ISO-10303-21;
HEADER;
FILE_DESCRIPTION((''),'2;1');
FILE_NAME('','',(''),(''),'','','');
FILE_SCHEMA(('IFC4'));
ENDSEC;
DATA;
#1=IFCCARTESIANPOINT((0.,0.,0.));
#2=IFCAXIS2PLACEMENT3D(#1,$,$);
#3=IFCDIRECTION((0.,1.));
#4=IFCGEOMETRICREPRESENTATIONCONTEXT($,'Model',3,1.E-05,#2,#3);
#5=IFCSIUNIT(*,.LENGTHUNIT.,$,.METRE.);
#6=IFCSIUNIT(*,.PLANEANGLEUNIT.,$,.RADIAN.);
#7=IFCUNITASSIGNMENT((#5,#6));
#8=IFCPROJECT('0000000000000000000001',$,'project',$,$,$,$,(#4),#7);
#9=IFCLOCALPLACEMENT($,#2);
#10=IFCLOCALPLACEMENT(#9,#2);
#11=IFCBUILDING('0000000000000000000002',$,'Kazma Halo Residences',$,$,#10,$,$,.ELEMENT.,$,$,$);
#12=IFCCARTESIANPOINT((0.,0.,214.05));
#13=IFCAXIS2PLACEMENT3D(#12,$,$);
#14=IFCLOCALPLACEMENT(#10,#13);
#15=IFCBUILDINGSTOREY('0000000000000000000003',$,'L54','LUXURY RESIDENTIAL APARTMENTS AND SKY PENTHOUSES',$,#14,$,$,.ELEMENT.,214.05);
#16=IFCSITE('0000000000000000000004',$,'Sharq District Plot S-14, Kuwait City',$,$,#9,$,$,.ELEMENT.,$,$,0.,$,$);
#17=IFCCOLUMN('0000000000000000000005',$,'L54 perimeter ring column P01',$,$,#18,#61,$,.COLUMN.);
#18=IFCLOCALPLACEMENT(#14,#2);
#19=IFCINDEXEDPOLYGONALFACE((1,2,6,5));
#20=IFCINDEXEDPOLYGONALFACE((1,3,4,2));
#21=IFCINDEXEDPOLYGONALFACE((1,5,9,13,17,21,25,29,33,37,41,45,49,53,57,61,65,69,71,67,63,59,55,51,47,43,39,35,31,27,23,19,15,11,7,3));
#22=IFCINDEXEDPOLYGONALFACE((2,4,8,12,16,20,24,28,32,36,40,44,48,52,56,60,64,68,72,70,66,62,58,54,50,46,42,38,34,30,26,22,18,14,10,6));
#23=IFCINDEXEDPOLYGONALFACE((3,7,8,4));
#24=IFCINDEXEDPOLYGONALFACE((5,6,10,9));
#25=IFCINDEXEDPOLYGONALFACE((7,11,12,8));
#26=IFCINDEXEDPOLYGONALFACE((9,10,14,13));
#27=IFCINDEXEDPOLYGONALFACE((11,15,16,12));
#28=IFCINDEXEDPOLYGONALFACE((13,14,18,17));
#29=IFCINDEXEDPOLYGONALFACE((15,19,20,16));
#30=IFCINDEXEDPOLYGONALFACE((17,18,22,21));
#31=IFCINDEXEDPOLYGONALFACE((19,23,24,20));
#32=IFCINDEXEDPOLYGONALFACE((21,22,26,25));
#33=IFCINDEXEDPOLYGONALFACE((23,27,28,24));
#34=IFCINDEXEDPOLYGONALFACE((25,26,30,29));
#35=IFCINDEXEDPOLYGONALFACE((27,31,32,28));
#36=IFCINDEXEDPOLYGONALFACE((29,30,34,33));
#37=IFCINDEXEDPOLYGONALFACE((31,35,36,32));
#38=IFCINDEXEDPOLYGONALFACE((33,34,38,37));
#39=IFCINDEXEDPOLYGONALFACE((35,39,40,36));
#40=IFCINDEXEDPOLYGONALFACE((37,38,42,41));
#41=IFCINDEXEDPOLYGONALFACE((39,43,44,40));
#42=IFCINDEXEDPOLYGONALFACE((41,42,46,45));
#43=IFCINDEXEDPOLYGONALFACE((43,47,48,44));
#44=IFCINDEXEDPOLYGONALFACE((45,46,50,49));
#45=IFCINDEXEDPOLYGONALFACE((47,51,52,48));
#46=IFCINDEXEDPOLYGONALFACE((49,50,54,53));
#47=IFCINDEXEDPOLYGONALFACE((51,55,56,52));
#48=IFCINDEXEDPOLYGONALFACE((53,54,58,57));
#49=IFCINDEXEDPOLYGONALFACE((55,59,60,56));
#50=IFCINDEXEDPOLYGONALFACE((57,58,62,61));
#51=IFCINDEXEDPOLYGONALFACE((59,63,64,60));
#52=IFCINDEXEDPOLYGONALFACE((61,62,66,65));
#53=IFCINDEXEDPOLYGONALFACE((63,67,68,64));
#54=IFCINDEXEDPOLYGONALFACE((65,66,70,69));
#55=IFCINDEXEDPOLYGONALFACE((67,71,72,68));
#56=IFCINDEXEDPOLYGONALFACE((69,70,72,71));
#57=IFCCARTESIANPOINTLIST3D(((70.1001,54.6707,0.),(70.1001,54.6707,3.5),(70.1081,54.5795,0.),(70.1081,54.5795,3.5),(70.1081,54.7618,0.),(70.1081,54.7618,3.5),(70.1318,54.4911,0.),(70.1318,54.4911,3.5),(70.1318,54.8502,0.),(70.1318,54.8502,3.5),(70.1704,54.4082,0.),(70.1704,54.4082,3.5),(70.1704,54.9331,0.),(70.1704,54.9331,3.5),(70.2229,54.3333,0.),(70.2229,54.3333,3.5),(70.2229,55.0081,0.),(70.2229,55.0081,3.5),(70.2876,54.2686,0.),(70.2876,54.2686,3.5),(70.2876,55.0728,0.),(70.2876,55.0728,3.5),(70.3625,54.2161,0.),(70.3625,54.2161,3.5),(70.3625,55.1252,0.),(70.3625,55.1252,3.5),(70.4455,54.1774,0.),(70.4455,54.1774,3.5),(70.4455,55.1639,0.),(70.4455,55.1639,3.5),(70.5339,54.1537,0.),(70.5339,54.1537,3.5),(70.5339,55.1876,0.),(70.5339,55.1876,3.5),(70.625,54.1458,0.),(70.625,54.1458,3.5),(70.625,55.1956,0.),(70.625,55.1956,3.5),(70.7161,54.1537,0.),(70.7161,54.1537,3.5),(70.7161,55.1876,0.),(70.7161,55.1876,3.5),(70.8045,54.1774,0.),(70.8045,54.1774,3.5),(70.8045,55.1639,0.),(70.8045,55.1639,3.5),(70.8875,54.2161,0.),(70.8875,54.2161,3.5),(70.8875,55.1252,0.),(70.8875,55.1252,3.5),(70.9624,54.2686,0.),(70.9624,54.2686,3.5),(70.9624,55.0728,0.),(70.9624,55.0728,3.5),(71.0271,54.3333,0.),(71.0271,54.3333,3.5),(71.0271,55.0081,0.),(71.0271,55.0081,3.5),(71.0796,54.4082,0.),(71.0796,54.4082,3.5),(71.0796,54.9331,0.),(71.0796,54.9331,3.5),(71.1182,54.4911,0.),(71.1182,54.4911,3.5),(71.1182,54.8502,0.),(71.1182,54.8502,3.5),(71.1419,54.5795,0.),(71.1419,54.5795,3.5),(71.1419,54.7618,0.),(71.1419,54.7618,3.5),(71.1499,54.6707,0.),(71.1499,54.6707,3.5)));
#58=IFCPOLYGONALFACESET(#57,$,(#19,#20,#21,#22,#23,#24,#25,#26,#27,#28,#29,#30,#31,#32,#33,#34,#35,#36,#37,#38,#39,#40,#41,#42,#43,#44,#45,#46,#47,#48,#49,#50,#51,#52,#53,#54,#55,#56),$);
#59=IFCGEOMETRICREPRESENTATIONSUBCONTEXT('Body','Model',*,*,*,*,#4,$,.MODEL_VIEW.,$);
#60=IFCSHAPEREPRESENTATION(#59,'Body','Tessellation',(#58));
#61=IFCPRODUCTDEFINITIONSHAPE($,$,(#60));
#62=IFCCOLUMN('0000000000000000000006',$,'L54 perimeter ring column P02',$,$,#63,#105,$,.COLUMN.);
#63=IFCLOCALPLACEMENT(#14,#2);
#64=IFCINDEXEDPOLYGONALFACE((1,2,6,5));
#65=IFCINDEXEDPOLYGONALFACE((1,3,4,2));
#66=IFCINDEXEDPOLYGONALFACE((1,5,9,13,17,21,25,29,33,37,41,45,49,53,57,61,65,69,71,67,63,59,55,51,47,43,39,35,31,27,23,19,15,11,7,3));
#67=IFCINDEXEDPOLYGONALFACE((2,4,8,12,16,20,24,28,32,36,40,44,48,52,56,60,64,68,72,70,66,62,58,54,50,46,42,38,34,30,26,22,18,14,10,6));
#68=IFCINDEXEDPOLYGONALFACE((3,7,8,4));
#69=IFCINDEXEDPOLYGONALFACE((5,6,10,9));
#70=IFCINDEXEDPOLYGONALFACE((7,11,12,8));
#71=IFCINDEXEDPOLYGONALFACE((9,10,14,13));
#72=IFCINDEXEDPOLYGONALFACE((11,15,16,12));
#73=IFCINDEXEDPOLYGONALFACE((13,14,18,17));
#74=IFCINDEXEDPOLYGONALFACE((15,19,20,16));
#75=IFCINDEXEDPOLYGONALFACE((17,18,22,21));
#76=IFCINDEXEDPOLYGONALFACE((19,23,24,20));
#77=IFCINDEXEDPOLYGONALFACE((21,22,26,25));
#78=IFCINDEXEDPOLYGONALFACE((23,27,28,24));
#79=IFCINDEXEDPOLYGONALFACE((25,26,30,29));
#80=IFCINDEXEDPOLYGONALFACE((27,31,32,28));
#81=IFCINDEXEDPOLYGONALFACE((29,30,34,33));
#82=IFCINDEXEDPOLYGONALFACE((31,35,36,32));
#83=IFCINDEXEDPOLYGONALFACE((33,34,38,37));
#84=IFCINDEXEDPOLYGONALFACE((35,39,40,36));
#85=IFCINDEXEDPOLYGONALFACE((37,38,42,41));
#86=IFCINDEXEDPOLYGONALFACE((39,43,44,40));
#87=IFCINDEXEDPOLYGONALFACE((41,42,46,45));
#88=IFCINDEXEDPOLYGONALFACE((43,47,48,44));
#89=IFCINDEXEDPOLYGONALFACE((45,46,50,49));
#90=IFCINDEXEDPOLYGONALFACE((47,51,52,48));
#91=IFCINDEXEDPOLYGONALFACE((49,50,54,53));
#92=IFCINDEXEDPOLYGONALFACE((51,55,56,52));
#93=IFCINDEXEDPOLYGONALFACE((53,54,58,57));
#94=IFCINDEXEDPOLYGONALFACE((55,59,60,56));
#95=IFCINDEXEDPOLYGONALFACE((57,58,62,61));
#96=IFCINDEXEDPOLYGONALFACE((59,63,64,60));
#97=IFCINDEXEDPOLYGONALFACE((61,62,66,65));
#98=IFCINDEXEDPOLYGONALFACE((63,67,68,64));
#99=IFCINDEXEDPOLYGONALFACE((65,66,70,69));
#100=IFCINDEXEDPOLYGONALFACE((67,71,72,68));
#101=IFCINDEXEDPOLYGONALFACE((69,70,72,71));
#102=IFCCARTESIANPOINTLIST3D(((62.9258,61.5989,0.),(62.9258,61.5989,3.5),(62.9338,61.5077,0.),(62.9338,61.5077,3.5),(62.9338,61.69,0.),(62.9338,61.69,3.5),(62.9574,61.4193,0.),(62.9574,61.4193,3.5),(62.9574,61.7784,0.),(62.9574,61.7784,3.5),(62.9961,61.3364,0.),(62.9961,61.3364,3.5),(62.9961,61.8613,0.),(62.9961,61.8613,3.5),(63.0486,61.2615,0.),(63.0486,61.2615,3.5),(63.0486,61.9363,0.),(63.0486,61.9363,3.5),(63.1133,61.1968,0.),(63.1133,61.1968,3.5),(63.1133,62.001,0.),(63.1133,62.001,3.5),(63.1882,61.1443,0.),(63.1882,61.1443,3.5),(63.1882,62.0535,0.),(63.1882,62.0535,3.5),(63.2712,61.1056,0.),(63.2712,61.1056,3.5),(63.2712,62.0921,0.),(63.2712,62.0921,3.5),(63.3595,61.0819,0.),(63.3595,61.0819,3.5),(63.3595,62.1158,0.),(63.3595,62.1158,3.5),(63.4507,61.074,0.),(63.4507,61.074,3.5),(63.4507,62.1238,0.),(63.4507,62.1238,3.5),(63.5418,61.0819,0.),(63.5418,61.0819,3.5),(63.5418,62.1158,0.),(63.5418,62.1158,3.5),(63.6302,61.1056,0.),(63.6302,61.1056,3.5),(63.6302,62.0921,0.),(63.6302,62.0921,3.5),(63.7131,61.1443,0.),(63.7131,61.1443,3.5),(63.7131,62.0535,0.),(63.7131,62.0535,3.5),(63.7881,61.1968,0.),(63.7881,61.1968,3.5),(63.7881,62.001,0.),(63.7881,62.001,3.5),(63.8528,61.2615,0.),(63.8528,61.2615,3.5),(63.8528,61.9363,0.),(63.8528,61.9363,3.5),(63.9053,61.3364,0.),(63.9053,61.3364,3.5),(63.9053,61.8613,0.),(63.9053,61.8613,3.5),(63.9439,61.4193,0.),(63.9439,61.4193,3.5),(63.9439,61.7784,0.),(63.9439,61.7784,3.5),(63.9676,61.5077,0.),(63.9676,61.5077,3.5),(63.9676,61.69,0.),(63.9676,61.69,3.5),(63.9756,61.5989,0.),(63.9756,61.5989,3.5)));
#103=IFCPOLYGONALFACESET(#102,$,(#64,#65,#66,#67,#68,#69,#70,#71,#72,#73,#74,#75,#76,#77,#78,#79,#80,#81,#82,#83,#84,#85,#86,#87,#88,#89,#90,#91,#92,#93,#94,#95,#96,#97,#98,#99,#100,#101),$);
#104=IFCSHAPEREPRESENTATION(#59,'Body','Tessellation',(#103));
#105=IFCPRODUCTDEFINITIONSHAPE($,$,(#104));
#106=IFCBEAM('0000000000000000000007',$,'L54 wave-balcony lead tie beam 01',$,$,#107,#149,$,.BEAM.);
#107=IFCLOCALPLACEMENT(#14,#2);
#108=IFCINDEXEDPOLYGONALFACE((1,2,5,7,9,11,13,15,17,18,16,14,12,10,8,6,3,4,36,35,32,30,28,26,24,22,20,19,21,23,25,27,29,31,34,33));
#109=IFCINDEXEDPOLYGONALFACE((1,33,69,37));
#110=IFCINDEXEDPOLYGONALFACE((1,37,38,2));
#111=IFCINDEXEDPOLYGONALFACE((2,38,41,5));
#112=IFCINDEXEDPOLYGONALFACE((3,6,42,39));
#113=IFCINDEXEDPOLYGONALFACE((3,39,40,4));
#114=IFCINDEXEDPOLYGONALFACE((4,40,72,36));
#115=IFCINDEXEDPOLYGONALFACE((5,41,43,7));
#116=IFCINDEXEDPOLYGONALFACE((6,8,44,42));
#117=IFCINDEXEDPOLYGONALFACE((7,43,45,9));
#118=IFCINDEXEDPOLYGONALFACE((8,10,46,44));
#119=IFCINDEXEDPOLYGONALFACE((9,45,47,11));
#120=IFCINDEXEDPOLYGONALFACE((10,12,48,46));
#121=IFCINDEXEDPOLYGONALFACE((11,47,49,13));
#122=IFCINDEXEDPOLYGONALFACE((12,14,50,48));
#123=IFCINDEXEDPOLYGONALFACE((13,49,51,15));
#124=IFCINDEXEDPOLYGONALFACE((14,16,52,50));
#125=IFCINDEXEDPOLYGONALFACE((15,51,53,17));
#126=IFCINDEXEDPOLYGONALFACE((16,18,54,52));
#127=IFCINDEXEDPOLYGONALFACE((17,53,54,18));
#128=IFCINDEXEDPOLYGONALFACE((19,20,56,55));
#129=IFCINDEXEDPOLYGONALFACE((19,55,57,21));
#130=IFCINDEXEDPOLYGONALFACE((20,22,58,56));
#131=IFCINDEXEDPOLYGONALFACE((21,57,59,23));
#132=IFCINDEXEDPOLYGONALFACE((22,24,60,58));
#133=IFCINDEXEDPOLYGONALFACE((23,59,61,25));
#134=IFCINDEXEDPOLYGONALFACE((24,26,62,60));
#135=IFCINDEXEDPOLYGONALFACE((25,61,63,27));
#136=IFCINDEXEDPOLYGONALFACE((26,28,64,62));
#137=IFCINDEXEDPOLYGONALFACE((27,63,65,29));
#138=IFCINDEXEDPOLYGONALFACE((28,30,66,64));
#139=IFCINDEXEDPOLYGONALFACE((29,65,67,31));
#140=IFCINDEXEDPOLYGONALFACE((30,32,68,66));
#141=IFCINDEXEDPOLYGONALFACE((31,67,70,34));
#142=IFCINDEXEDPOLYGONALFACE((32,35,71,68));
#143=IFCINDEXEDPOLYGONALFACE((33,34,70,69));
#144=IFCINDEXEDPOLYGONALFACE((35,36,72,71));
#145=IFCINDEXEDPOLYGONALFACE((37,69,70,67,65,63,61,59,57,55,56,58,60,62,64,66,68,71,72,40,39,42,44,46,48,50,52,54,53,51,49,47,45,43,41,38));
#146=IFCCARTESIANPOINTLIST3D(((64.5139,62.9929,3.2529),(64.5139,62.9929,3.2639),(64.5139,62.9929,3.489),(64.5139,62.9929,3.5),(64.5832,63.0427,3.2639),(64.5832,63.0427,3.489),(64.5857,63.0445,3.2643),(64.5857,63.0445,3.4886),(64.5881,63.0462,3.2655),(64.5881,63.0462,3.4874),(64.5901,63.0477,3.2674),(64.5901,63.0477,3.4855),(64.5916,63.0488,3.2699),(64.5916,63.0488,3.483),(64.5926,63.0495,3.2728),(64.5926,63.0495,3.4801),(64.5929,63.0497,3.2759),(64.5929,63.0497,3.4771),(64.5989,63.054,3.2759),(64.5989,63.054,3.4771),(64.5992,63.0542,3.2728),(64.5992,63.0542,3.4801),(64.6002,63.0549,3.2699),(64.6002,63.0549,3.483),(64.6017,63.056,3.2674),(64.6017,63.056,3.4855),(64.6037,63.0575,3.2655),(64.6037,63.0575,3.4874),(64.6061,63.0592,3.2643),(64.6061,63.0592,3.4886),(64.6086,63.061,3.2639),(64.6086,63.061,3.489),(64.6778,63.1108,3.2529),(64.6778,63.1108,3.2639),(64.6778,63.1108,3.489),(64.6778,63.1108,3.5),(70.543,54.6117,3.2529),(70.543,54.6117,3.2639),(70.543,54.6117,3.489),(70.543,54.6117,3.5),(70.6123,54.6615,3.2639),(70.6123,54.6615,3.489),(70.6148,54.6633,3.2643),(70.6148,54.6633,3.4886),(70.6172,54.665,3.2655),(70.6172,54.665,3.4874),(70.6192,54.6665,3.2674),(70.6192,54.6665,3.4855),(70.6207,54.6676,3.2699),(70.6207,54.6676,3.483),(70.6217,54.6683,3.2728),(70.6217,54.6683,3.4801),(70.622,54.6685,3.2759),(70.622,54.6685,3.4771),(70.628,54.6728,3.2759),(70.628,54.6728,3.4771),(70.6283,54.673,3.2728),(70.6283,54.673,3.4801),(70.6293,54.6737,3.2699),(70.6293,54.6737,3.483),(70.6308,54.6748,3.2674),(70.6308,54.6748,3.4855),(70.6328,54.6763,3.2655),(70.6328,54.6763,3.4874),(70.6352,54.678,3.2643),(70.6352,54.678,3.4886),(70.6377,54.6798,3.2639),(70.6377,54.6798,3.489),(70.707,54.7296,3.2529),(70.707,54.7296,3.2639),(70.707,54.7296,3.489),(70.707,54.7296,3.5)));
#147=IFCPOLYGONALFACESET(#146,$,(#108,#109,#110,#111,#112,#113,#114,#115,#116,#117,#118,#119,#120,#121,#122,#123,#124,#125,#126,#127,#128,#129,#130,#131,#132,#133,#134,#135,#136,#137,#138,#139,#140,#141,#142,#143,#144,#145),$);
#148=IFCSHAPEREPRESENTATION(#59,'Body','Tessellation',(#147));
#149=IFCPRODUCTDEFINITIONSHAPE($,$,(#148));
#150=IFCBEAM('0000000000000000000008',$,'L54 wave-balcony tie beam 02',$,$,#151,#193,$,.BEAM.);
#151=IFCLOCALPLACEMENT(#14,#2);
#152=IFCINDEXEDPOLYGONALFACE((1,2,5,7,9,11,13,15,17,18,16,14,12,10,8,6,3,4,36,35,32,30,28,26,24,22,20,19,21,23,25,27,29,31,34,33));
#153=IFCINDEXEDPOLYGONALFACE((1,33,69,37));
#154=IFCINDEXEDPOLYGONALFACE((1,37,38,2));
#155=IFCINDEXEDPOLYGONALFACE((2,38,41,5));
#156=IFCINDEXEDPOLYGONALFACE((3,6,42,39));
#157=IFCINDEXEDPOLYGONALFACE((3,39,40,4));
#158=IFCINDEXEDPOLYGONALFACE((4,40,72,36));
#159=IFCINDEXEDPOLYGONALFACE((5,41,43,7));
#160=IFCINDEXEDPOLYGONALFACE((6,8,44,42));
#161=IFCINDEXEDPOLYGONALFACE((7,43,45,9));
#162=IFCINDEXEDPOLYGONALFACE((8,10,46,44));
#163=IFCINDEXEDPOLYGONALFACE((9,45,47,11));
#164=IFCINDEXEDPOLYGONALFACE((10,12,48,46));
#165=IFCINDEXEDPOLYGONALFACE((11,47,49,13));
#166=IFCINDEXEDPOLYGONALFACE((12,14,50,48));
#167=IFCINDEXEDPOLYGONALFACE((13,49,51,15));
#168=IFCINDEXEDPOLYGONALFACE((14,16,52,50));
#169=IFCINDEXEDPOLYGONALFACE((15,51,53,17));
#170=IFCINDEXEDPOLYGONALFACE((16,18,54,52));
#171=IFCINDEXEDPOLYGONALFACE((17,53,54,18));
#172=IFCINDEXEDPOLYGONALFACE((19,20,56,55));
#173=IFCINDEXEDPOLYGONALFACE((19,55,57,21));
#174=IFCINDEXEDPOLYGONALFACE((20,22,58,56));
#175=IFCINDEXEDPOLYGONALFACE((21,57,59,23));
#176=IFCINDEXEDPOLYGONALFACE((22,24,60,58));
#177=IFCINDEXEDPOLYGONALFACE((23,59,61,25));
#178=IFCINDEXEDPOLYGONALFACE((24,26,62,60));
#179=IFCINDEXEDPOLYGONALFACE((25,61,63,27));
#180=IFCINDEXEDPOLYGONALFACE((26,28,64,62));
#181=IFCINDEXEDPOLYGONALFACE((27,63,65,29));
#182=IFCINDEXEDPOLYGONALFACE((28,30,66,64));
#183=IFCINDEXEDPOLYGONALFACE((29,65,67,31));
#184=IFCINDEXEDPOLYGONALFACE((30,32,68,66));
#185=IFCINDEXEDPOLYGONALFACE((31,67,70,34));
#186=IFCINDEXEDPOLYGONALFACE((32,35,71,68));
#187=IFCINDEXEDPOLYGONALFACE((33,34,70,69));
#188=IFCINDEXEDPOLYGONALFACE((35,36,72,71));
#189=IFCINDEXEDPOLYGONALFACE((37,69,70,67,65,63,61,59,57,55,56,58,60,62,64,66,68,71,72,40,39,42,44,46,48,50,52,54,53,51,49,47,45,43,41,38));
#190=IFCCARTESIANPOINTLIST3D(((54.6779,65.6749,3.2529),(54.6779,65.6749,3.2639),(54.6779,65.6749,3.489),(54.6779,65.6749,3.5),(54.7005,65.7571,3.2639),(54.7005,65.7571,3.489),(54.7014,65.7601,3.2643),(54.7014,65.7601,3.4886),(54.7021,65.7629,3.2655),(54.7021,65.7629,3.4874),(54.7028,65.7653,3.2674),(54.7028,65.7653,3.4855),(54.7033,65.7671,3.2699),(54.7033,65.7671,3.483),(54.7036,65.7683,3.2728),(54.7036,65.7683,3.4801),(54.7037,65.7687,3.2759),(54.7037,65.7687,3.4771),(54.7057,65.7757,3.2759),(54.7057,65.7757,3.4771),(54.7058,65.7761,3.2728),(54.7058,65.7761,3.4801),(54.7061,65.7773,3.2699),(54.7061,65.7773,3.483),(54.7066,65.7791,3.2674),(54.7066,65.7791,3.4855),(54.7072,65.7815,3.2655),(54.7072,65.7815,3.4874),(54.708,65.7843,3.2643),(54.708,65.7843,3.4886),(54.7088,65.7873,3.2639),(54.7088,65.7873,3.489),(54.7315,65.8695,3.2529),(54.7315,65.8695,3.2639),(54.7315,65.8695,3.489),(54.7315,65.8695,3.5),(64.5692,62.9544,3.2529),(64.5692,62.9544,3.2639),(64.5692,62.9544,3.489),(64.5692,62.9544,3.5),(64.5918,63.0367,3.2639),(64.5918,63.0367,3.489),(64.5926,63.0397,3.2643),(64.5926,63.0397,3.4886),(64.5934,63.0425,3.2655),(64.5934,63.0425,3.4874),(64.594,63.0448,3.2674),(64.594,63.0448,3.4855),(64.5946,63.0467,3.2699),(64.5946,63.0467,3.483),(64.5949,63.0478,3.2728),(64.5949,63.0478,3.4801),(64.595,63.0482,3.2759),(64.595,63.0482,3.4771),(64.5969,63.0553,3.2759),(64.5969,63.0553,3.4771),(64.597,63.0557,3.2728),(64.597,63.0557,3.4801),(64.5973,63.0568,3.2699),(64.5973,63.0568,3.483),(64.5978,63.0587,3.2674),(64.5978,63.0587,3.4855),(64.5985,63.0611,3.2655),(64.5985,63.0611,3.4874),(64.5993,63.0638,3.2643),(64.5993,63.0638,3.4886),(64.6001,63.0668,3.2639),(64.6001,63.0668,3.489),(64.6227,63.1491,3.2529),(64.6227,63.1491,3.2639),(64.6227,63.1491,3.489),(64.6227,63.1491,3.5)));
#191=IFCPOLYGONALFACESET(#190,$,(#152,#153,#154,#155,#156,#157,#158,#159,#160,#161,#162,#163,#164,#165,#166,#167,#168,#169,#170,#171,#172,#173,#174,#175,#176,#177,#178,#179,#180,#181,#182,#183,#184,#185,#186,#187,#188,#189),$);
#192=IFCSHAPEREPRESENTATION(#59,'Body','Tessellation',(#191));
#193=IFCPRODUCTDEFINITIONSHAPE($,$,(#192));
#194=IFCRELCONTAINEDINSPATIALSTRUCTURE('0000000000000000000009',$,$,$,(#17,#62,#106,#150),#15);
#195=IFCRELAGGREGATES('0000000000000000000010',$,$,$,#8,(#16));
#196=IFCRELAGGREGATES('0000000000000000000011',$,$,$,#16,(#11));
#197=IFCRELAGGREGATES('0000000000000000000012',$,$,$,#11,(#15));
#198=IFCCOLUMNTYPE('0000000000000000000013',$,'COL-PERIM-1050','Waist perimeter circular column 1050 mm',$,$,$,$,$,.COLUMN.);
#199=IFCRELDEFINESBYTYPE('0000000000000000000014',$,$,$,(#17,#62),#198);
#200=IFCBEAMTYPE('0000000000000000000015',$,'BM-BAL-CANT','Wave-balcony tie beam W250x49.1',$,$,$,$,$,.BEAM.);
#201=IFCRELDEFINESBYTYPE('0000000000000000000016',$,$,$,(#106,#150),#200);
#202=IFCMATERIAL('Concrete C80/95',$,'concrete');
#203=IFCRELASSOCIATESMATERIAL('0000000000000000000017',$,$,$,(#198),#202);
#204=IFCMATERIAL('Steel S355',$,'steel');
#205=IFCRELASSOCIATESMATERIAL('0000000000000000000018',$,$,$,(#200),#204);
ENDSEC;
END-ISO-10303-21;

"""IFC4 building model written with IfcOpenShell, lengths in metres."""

from ifc_helpers import new_model, si_unit, direction, frame, origin, origin_2d, place, context, subcontext, project, spatial, circle, i_section, extrude, material, material_profile, profile_set, type_object, element, save


model = new_model("IFC4")

# Units and contexts
model_context = context("Model", 3, precision=1e-05, world=origin(), true_north=direction((0.0, 1.0)))
body_context = subcontext(model_context, "Body", "Model", "MODEL_VIEW")
ifc_project = project(units=[si_unit("LENGTHUNIT", "METRE"), si_unit("PLANEANGLEUNIT", "RADIAN")], contexts=[model_context])

# Site, building, storey
site_placement = place(None, origin())
site = spatial("IfcSite", under=ifc_project, at=site_placement, Name="Sharq District Plot S-14, Kuwait City", CompositionType="ELEMENT", RefElevation=0.0)
building_placement = place(site_placement, origin())
building = spatial("IfcBuilding", under=site, at=building_placement, Name="Kazma Halo Residences", CompositionType="ELEMENT")
storey_placement = place(building_placement, frame((0.0, 0.0, 214.05)))
storey = spatial("IfcBuildingStorey", under=building, at=storey_placement, Name="L54", Description="LUXURY RESIDENTIAL APARTMENTS AND SKY PENTHOUSES", CompositionType="ELEMENT", Elevation=214.05)

# Columns
ifc_material_1 = material(Name="Concrete C80/95", Category="concrete")
ifc_material_profile_1 = material_profile(ifc_material_1, circle(Radius=0.5249, at=origin_2d()), Name="CIRC1050")
ifc_profile_set_1 = profile_set([ifc_material_profile_1], Name="Concrete C80/95")
column_type = type_object("IfcColumnType", Name="COL-PERIM-1050", Description="Waist perimeter circular column 1050 mm", PredefinedType="COLUMN", material=ifc_profile_set_1)
for number, where, z_axis, x_axis, name in (
    (1, (70.625, 54.6707, 0.0), (0.0, 0.0, 1.0), (1.0, 0.0, 0.0), "L54 perimeter ring column P01"),
    (2, (63.4507, 61.5989, 0.0), (0.0, 0.0, 1.0), (1.0, 0.0, 0.0), "L54 perimeter ring column P02"),
):
    element("IfcColumn", number, at=place(storey_placement, frame(where, z_axis=z_axis, x_axis=x_axis)), inside=storey, type_object=column_type, Name=name, PredefinedType="COLUMN", context=body_context, shape_type="SweptSolid", body=[
        extrude(circle(Radius=0.5249, at=origin_2d()), origin(), (0.0, 0.0, 1.0), 3.5),
    ])

# Beams
ifc_material_2 = material(Name="Steel S355", Category="steel")
ifc_material_profile_2 = material_profile(ifc_material_2, i_section(OverallWidth=0.2019, OverallDepth=0.2471, WebThickness=0.0073, FlangeThickness=0.011, FilletRadius=0.012, at=origin_2d()), Name="W250x49.1")
ifc_profile_set_2 = profile_set([ifc_material_profile_2], Name="Steel S355")
beam_type_1 = type_object("IfcBeamType", Name="BM-BAL-CANT", Description="Wave-balcony tie beam W250x49.1", PredefinedType="BEAM", material=ifc_profile_set_2)
beam_1_placement = place(storey_placement, frame((70.625, 54.6707, 3.3765), z_axis=(-0.583964, 0.81178, 0.0), x_axis=(-0.81178, -0.583964, 0.0)))
element("IfcBeam", 3, at=beam_1_placement, inside=storey, type_object=beam_type_1, Name="L54 wave-balcony lead tie beam 01", PredefinedType="BEAM", context=body_context, shape_type="SweptSolid", body=[
    extrude(i_section(OverallWidth=0.2019, OverallDepth=0.2471, WebThickness=0.0073, FlangeThickness=0.011, FilletRadius=0.012, at=origin_2d()), origin(), (0.0, 0.0, 1.0), 10.3245),
])
beam_2_placement = place(storey_placement, frame((64.5959, 63.0518, 3.3765), z_axis=(-0.964197, 0.265187, 0.0), x_axis=(-0.265187, -0.964197, 0.0)))
element("IfcBeam", 4, at=beam_2_placement, inside=storey, type_object=beam_type_1, Name="L54 wave-balcony tie beam 02", PredefinedType="BEAM", context=body_context, shape_type="SweptSolid", body=[
    extrude(i_section(OverallWidth=0.2019, OverallDepth=0.2471, WebThickness=0.0073, FlangeThickness=0.011, FilletRadius=0.012, at=origin_2d()), origin(), (0.0, 0.0, 1.0), 10.2585),
])

save(model, "model.ifc")
